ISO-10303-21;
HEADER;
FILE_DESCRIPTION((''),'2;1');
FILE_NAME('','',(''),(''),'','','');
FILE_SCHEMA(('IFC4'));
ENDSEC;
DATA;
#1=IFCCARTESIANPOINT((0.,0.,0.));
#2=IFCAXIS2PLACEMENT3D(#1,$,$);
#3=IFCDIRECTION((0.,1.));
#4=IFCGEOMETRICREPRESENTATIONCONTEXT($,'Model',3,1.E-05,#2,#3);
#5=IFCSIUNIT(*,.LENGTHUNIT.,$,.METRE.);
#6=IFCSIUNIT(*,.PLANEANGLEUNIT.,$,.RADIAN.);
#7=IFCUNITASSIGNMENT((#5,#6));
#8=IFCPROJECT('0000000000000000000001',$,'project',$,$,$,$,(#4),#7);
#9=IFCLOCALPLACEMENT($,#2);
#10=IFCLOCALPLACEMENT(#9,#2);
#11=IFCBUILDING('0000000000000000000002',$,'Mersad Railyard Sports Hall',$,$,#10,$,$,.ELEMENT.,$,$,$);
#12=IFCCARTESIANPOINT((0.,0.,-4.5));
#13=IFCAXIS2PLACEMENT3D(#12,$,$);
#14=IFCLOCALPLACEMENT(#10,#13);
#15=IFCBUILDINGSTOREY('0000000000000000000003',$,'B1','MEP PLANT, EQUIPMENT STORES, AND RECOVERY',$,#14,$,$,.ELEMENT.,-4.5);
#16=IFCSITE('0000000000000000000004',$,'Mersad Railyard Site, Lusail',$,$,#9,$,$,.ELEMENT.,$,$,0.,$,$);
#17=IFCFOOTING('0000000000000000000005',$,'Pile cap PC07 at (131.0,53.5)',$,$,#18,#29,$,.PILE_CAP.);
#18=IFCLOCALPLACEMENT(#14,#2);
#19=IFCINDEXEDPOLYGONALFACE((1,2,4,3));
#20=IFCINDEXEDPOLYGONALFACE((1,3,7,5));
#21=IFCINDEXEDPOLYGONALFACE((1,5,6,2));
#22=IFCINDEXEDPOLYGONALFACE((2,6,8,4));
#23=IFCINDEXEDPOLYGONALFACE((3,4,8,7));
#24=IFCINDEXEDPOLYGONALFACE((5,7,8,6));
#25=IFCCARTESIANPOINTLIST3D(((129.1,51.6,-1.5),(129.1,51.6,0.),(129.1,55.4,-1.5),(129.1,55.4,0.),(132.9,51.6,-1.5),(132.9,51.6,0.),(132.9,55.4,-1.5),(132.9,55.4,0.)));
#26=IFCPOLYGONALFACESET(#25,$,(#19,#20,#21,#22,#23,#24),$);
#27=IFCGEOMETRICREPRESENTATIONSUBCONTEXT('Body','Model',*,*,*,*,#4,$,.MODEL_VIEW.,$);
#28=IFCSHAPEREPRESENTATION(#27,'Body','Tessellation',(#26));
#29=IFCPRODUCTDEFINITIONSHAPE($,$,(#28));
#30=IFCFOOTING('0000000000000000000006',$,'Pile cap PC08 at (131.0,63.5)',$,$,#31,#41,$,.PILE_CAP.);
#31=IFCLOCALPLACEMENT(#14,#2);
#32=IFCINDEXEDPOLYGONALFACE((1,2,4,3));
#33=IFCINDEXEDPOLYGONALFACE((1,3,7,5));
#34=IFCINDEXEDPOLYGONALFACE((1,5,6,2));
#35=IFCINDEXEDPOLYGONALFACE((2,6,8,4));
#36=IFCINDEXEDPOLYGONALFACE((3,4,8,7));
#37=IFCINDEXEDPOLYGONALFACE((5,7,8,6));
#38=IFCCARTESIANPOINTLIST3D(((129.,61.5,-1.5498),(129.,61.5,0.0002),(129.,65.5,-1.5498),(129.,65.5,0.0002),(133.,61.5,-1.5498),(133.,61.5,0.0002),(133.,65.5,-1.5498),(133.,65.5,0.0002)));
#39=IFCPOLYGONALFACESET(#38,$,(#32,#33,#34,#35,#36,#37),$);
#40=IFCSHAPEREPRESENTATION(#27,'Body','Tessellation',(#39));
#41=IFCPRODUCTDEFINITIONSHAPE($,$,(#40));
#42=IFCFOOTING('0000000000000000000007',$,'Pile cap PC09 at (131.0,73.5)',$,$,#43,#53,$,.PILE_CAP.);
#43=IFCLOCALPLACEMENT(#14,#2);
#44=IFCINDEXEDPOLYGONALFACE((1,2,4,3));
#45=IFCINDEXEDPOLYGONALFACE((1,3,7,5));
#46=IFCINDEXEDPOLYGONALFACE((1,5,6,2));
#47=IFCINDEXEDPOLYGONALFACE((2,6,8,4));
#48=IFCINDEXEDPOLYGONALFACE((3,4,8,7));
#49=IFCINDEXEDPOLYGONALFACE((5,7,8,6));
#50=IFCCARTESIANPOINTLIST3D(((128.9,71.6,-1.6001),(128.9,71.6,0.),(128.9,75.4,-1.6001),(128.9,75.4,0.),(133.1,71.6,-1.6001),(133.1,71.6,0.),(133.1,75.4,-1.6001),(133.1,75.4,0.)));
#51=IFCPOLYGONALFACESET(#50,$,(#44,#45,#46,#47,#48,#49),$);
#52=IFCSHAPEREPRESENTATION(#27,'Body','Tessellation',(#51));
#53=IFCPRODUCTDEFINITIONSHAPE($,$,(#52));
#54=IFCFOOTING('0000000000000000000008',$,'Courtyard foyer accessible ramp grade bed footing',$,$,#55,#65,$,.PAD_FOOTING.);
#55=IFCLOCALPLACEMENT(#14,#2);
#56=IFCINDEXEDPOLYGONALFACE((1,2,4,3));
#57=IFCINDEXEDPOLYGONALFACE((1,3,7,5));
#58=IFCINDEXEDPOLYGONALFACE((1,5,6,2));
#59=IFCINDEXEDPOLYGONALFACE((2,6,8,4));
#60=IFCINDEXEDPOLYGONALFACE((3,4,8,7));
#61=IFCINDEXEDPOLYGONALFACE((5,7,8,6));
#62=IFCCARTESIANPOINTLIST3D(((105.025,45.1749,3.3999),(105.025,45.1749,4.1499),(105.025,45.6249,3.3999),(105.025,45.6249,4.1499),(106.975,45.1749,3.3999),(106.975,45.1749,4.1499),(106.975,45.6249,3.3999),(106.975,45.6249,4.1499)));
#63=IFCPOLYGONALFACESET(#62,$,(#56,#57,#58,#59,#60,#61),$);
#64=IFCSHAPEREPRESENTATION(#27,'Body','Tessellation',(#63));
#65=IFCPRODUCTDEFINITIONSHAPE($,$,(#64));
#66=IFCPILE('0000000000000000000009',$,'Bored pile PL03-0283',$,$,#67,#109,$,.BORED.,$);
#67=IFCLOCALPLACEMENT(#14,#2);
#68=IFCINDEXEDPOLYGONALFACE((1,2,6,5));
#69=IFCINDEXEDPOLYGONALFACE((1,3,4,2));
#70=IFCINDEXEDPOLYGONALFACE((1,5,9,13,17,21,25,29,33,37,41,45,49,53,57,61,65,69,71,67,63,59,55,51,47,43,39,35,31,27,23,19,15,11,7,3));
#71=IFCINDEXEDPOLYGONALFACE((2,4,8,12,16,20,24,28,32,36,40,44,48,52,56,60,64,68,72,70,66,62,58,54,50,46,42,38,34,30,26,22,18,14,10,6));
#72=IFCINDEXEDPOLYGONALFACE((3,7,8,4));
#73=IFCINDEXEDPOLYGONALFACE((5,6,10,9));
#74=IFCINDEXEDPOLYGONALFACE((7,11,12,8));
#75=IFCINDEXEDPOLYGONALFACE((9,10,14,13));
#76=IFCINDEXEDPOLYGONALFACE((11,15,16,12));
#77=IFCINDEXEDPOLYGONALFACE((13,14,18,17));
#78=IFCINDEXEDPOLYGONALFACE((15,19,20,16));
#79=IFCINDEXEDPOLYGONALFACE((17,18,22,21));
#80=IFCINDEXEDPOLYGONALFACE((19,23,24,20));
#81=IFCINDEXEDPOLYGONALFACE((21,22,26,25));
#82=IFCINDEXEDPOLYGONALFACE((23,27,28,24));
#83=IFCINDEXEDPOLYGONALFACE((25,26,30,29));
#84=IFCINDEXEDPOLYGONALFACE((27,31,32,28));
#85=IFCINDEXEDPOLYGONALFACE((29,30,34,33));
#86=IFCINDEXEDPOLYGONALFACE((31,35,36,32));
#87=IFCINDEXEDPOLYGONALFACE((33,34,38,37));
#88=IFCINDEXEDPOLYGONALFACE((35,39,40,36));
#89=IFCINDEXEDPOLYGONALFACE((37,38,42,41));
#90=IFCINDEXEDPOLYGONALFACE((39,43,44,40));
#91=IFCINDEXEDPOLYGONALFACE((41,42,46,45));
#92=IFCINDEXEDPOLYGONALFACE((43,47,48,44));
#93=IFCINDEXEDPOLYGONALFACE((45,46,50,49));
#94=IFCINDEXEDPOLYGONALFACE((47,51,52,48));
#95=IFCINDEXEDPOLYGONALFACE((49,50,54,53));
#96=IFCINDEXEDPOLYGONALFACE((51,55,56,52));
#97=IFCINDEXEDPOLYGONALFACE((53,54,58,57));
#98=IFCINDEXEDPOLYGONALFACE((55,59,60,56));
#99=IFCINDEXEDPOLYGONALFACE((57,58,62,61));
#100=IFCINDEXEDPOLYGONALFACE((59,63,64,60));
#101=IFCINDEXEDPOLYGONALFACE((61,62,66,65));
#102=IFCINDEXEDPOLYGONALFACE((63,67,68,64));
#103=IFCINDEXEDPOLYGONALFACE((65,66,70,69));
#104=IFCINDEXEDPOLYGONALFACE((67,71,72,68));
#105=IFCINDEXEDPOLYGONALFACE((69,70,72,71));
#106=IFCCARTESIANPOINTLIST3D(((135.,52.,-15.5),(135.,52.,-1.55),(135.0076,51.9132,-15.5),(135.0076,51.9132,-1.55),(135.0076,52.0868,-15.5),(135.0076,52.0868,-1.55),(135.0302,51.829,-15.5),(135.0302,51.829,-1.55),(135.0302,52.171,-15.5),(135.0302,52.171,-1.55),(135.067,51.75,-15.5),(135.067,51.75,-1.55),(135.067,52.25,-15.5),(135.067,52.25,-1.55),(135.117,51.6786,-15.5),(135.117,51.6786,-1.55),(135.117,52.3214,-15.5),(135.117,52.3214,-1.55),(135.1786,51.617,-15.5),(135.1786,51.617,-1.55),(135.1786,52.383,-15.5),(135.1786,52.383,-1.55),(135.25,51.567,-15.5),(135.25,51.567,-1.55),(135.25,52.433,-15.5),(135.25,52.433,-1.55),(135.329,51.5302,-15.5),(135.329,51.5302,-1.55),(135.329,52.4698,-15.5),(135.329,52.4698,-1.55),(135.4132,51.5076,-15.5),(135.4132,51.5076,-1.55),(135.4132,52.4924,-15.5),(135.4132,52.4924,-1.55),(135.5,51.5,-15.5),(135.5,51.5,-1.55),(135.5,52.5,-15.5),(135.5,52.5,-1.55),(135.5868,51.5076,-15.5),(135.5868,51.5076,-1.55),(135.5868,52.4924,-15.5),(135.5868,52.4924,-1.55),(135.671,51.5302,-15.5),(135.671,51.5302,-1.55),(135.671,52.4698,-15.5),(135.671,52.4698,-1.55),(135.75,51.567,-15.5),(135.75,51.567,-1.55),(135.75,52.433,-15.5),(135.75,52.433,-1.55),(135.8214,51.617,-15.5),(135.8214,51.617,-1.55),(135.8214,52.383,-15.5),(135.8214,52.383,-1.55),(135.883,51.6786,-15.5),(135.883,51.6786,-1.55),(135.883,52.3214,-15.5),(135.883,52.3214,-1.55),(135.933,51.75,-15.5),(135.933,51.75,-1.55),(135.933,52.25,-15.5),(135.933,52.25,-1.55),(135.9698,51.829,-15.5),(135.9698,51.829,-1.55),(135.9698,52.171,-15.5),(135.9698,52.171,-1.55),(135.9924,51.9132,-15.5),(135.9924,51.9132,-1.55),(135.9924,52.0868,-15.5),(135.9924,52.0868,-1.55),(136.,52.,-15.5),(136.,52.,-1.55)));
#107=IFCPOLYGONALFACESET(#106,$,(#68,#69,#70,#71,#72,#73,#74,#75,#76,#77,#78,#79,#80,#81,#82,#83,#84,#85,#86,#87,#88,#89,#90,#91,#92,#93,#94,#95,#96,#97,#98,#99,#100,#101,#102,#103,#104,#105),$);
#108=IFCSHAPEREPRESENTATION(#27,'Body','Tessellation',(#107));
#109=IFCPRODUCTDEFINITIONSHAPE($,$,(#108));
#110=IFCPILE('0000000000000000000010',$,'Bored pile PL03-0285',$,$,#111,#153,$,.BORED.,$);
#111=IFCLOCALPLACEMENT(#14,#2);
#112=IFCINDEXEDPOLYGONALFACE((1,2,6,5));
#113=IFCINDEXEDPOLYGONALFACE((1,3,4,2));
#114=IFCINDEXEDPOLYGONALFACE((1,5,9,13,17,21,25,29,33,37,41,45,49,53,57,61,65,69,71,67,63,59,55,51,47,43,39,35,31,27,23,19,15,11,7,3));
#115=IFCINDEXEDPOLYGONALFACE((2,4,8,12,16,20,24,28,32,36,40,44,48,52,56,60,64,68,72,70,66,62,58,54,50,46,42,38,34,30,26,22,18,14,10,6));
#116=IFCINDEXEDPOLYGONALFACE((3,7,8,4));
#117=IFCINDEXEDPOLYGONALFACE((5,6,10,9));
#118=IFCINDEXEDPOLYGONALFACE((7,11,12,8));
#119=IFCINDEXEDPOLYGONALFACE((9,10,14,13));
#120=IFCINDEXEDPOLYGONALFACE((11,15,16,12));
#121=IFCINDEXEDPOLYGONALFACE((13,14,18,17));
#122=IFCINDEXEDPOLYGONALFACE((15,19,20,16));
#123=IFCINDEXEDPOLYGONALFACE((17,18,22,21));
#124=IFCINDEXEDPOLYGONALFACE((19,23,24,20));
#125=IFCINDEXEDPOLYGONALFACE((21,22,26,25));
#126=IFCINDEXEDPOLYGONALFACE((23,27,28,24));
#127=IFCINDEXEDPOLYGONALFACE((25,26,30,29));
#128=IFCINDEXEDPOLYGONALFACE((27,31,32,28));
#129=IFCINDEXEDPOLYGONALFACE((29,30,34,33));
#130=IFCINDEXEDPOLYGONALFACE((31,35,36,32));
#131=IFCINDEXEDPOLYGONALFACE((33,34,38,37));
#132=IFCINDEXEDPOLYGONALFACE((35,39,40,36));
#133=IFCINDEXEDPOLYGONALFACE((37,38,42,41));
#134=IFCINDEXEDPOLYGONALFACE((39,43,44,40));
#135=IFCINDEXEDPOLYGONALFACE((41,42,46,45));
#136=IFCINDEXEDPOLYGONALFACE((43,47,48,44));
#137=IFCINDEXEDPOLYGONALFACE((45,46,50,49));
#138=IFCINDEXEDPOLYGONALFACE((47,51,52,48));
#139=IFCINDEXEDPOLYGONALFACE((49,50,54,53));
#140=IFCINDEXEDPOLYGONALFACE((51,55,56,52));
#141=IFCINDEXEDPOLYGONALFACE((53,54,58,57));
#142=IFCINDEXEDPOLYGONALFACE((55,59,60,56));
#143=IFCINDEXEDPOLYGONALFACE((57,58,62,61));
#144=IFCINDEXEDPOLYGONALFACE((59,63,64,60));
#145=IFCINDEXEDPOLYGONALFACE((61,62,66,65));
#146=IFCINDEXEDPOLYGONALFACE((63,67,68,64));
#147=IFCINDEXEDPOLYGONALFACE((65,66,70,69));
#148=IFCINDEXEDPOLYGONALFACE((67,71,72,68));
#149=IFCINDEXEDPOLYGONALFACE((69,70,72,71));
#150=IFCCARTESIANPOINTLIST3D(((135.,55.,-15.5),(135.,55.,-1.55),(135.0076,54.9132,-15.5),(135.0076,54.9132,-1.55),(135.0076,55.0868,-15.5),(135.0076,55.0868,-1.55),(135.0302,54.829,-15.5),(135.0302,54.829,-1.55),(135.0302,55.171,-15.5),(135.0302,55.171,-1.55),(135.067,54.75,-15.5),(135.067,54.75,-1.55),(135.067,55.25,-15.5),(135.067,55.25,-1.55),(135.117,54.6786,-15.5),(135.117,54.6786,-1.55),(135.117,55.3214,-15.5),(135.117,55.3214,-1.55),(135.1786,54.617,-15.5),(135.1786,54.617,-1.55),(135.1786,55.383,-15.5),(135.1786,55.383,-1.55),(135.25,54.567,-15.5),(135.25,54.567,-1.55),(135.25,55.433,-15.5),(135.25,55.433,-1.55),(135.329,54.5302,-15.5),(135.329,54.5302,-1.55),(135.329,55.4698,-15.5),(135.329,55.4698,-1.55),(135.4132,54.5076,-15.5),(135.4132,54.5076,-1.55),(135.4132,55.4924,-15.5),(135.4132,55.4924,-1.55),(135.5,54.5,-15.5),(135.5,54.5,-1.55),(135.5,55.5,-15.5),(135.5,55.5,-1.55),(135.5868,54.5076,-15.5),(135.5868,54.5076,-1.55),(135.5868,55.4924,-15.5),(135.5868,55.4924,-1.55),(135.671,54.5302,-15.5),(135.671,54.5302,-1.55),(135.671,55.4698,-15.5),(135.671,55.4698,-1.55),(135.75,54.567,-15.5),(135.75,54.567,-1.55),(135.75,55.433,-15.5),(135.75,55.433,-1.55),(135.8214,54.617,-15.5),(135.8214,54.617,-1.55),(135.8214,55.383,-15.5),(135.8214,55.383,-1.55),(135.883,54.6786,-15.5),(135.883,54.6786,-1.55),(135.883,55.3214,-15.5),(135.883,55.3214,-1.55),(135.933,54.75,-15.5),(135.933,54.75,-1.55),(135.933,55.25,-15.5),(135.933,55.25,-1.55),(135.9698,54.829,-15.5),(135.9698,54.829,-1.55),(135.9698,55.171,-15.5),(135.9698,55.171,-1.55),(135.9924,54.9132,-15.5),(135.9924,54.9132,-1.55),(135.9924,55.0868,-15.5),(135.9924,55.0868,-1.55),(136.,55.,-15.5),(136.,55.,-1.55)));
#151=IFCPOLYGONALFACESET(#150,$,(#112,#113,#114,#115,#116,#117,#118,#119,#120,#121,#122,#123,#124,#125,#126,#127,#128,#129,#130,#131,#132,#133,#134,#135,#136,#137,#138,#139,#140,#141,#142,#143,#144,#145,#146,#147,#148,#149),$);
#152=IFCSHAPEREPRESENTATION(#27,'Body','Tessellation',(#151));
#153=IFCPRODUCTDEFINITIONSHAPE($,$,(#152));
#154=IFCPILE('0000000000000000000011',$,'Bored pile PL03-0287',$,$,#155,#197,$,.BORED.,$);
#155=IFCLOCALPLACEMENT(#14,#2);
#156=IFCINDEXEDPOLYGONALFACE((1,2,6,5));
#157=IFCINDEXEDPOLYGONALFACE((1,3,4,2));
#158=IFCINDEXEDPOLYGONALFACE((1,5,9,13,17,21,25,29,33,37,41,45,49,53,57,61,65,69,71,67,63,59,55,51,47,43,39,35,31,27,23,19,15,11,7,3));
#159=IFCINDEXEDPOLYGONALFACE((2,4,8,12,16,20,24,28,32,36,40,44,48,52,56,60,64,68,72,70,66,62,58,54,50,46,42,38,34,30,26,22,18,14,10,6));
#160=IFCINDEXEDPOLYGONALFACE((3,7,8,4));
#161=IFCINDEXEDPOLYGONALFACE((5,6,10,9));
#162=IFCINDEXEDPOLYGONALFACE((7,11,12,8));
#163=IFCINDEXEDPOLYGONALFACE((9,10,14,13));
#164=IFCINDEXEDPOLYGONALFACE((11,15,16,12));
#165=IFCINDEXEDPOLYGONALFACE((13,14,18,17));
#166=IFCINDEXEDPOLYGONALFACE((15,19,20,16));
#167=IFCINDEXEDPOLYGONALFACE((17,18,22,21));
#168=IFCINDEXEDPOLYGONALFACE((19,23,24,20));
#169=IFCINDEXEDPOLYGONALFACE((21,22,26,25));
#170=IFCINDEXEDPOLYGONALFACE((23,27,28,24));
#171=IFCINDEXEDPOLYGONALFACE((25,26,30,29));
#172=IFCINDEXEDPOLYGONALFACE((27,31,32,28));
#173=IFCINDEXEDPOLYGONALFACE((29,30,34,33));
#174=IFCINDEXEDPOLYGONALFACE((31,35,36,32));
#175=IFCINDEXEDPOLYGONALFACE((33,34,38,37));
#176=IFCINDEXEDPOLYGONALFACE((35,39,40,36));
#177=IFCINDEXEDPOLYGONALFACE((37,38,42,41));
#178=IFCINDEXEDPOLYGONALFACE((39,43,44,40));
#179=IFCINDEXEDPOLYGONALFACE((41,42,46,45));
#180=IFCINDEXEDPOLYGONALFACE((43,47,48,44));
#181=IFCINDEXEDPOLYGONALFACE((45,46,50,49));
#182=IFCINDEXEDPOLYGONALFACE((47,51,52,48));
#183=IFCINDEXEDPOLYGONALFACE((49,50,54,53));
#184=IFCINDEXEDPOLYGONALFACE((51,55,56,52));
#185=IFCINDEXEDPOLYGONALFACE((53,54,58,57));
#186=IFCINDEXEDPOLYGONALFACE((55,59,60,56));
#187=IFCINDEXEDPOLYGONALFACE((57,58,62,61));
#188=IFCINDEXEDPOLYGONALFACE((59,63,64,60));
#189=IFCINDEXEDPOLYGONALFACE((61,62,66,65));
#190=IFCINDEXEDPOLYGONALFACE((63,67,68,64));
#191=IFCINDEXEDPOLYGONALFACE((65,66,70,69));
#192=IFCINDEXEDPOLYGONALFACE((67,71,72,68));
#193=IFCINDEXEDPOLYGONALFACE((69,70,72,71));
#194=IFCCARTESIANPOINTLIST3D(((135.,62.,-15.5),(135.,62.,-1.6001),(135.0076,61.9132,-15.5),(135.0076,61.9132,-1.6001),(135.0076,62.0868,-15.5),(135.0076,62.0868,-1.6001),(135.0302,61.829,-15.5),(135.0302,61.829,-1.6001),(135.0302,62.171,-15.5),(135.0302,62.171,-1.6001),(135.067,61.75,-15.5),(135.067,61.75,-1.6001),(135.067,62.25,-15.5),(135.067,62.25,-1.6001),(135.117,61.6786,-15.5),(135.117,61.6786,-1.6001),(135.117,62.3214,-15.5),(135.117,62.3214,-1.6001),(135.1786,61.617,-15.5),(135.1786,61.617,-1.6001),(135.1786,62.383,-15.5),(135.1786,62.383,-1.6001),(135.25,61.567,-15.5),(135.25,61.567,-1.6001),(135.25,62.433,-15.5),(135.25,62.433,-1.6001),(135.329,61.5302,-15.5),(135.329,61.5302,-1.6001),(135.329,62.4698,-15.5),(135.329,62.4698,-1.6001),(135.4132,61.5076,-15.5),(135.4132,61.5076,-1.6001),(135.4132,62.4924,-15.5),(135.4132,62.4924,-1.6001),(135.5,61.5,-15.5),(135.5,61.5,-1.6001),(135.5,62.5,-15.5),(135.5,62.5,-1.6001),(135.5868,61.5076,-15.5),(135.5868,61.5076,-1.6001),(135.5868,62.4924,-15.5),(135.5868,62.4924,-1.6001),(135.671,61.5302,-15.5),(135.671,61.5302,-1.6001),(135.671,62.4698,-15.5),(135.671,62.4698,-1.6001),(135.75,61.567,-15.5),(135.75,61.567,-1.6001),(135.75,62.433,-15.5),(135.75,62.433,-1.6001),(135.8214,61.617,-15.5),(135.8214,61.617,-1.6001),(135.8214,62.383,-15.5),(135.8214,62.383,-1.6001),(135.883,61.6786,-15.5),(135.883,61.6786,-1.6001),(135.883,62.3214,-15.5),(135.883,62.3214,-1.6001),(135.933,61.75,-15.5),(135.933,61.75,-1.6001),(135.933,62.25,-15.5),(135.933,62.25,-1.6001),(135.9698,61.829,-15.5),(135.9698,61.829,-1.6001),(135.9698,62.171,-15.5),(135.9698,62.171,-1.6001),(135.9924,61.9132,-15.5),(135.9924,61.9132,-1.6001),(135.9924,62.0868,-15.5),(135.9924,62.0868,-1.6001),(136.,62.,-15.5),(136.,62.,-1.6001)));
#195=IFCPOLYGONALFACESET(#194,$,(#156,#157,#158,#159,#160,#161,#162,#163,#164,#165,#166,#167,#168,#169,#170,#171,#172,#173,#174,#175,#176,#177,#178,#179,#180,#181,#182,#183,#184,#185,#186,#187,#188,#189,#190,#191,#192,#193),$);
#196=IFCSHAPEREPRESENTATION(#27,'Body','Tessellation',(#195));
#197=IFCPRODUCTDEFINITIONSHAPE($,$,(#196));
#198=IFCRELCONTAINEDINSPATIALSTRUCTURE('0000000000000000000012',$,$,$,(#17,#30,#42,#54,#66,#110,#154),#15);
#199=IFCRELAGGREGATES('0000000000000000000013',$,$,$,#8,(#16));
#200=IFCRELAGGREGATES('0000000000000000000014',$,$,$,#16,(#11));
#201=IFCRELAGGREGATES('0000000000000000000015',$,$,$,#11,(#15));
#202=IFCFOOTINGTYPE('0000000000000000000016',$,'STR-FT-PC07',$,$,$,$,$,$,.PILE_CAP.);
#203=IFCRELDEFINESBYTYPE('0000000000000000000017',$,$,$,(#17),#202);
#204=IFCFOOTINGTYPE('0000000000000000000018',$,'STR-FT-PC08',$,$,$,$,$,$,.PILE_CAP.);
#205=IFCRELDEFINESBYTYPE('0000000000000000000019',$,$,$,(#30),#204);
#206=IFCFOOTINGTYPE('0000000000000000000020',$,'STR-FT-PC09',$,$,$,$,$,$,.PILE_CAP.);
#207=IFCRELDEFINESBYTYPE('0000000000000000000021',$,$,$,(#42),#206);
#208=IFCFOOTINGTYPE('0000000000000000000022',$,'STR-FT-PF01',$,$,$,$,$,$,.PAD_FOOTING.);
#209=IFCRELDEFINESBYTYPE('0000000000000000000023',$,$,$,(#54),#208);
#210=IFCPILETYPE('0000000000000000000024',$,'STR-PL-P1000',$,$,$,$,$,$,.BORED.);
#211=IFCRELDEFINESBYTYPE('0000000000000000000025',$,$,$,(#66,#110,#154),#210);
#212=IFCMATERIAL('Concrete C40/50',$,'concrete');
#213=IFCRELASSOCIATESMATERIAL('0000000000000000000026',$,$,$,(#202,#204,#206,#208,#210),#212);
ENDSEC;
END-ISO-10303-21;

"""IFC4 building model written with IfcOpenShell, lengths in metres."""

from ifc_helpers import new_model, si_unit, direction, frame, origin, origin_2d, place, context, subcontext, project, spatial, rectangle, circle, extrude, material, material_profile, profile_set, type_object, element, save


model = new_model("IFC4")

# Units and contexts
model_context = context("Model", 3, precision=1e-05, world=origin(), true_north=direction((0.0, 1.0)))
body_context = subcontext(model_context, "Body", "Model", "MODEL_VIEW")
ifc_project = project(units=[si_unit("LENGTHUNIT", "METRE"), si_unit("PLANEANGLEUNIT", "RADIAN")], contexts=[model_context])

# Site, building, storey
site_placement = place(None, origin())
site = spatial("IfcSite", under=ifc_project, at=site_placement, Name="Mersad Railyard Site, Lusail", CompositionType="ELEMENT", RefElevation=0.0)
building_placement = place(site_placement, origin())
building = spatial("IfcBuilding", under=site, at=building_placement, Name="Mersad Railyard Sports Hall", CompositionType="ELEMENT")
storey_placement = place(building_placement, frame((0.0, 0.0, -4.5)))
storey = spatial("IfcBuildingStorey", under=building, at=storey_placement, Name="B1", Description="MEP PLANT, EQUIPMENT STORES, AND RECOVERY", CompositionType="ELEMENT", Elevation=-4.5)

# Footings
ifc_material_1 = material(Name="Concrete C40/50", Category="concrete")
footing_type_1 = type_object("IfcFootingType", Name="STR-FT-PC07", PredefinedType="PILE_CAP", material=ifc_material_1)
footing_1_placement = place(storey_placement, frame((131.0, 53.5, -1.5), z_axis=(0.0, 0.0, 1.0), x_axis=(1.0, 0.0, 0.0)))
element("IfcFooting", 1, at=footing_1_placement, inside=storey, type_object=footing_type_1, Name="Pile cap PC07 at (131.0,53.5)", PredefinedType="PILE_CAP", context=body_context, shape_type="SweptSolid", body=[
    extrude(rectangle(XDim=3.8, YDim=3.8, at=origin_2d()), origin(), (0.0, 0.0, 1.0), 1.5),
])
footing_type_2 = type_object("IfcFootingType", Name="STR-FT-PC08", PredefinedType="PILE_CAP", material=ifc_material_1)
footing_2_placement = place(storey_placement, frame((131.0, 63.5, -1.5498), z_axis=(0.0, 0.0, 1.0), x_axis=(1.0, 0.0, 0.0)))
element("IfcFooting", 2, at=footing_2_placement, inside=storey, type_object=footing_type_2, Name="Pile cap PC08 at (131.0,63.5)", PredefinedType="PILE_CAP", context=body_context, shape_type="SweptSolid", body=[
    extrude(rectangle(XDim=4.0, YDim=4.0, at=origin_2d()), origin(), (0.0, 0.0, 1.0), 1.55),
])
footing_type_3 = type_object("IfcFootingType", Name="STR-FT-PC09", PredefinedType="PILE_CAP", material=ifc_material_1)
footing_3_placement = place(storey_placement, frame((131.0, 73.5, -1.6001), z_axis=(0.0, 0.0, 1.0), x_axis=(1.0, 0.0, 0.0)))
element("IfcFooting", 3, at=footing_3_placement, inside=storey, type_object=footing_type_3, Name="Pile cap PC09 at (131.0,73.5)", PredefinedType="PILE_CAP", context=body_context, shape_type="SweptSolid", body=[
    extrude(rectangle(XDim=4.2, YDim=3.8, at=origin_2d()), origin(), (0.0, 0.0, 1.0), 1.6001),
])
footing_type_4 = type_object("IfcFootingType", Name="STR-FT-PF01", PredefinedType="PAD_FOOTING", material=ifc_material_1)
footing_4_placement = place(storey_placement, frame((106.0, 45.3999, 3.3999), z_axis=(0.0, 0.0, 1.0), x_axis=(1.0, 0.0, 0.0)))
element("IfcFooting", 4, at=footing_4_placement, inside=storey, type_object=footing_type_4, Name="Courtyard foyer accessible ramp grade bed footing", PredefinedType="PAD_FOOTING", context=body_context, shape_type="SweptSolid", body=[
    extrude(rectangle(XDim=1.95, YDim=0.45, at=origin_2d()), origin(), (0.0, 0.0, 1.0), 0.75),
])

# Piles
ifc_material_profile_1 = material_profile(ifc_material_1, circle(Radius=0.5, at=origin_2d()), Name="BORED PILE D1000")
ifc_profile_set_1 = profile_set([ifc_material_profile_1], Name="Concrete C40/50")
pile_type_1 = type_object("IfcPileType", Name="STR-PL-P1000", PredefinedType="BORED", material=ifc_profile_set_1)
for number, where, z_axis, x_axis, name in (
    (5, (135.5, 52.0, -1.55), (0.0, 0.0, -1.0), (1.0, 0.0, 0.0), "Bored pile PL03-0283"),
    (6, (135.5, 55.0, -1.55), (0.0, 0.0, -1.0), (1.0, 0.0, 0.0), "Bored pile PL03-0285"),
):
    element("IfcPile", number, at=place(storey_placement, frame(where, z_axis=z_axis, x_axis=x_axis)), inside=storey, type_object=pile_type_1, Name=name, PredefinedType="BORED", context=body_context, shape_type="SweptSolid", body=[
        extrude(circle(Radius=0.5, at=origin_2d()), origin(), (0.0, 0.0, 1.0), 13.95),
    ])
for number, where, z_axis, x_axis, name in (
    (7, (135.5, 62.0, -1.6001), (0.0, 0.0, -1.0), (1.0, 0.0, 0.0), "Bored pile PL03-0287"),
):
    element("IfcPile", number, at=place(storey_placement, frame(where, z_axis=z_axis, x_axis=x_axis)), inside=storey, type_object=pile_type_1, Name=name, PredefinedType="BORED", context=body_context, shape_type="SweptSolid", body=[
        extrude(circle(Radius=0.5, at=origin_2d()), origin(), (0.0, 0.0, 1.0), 13.8999),
    ])

save(model, "model.ifc")
